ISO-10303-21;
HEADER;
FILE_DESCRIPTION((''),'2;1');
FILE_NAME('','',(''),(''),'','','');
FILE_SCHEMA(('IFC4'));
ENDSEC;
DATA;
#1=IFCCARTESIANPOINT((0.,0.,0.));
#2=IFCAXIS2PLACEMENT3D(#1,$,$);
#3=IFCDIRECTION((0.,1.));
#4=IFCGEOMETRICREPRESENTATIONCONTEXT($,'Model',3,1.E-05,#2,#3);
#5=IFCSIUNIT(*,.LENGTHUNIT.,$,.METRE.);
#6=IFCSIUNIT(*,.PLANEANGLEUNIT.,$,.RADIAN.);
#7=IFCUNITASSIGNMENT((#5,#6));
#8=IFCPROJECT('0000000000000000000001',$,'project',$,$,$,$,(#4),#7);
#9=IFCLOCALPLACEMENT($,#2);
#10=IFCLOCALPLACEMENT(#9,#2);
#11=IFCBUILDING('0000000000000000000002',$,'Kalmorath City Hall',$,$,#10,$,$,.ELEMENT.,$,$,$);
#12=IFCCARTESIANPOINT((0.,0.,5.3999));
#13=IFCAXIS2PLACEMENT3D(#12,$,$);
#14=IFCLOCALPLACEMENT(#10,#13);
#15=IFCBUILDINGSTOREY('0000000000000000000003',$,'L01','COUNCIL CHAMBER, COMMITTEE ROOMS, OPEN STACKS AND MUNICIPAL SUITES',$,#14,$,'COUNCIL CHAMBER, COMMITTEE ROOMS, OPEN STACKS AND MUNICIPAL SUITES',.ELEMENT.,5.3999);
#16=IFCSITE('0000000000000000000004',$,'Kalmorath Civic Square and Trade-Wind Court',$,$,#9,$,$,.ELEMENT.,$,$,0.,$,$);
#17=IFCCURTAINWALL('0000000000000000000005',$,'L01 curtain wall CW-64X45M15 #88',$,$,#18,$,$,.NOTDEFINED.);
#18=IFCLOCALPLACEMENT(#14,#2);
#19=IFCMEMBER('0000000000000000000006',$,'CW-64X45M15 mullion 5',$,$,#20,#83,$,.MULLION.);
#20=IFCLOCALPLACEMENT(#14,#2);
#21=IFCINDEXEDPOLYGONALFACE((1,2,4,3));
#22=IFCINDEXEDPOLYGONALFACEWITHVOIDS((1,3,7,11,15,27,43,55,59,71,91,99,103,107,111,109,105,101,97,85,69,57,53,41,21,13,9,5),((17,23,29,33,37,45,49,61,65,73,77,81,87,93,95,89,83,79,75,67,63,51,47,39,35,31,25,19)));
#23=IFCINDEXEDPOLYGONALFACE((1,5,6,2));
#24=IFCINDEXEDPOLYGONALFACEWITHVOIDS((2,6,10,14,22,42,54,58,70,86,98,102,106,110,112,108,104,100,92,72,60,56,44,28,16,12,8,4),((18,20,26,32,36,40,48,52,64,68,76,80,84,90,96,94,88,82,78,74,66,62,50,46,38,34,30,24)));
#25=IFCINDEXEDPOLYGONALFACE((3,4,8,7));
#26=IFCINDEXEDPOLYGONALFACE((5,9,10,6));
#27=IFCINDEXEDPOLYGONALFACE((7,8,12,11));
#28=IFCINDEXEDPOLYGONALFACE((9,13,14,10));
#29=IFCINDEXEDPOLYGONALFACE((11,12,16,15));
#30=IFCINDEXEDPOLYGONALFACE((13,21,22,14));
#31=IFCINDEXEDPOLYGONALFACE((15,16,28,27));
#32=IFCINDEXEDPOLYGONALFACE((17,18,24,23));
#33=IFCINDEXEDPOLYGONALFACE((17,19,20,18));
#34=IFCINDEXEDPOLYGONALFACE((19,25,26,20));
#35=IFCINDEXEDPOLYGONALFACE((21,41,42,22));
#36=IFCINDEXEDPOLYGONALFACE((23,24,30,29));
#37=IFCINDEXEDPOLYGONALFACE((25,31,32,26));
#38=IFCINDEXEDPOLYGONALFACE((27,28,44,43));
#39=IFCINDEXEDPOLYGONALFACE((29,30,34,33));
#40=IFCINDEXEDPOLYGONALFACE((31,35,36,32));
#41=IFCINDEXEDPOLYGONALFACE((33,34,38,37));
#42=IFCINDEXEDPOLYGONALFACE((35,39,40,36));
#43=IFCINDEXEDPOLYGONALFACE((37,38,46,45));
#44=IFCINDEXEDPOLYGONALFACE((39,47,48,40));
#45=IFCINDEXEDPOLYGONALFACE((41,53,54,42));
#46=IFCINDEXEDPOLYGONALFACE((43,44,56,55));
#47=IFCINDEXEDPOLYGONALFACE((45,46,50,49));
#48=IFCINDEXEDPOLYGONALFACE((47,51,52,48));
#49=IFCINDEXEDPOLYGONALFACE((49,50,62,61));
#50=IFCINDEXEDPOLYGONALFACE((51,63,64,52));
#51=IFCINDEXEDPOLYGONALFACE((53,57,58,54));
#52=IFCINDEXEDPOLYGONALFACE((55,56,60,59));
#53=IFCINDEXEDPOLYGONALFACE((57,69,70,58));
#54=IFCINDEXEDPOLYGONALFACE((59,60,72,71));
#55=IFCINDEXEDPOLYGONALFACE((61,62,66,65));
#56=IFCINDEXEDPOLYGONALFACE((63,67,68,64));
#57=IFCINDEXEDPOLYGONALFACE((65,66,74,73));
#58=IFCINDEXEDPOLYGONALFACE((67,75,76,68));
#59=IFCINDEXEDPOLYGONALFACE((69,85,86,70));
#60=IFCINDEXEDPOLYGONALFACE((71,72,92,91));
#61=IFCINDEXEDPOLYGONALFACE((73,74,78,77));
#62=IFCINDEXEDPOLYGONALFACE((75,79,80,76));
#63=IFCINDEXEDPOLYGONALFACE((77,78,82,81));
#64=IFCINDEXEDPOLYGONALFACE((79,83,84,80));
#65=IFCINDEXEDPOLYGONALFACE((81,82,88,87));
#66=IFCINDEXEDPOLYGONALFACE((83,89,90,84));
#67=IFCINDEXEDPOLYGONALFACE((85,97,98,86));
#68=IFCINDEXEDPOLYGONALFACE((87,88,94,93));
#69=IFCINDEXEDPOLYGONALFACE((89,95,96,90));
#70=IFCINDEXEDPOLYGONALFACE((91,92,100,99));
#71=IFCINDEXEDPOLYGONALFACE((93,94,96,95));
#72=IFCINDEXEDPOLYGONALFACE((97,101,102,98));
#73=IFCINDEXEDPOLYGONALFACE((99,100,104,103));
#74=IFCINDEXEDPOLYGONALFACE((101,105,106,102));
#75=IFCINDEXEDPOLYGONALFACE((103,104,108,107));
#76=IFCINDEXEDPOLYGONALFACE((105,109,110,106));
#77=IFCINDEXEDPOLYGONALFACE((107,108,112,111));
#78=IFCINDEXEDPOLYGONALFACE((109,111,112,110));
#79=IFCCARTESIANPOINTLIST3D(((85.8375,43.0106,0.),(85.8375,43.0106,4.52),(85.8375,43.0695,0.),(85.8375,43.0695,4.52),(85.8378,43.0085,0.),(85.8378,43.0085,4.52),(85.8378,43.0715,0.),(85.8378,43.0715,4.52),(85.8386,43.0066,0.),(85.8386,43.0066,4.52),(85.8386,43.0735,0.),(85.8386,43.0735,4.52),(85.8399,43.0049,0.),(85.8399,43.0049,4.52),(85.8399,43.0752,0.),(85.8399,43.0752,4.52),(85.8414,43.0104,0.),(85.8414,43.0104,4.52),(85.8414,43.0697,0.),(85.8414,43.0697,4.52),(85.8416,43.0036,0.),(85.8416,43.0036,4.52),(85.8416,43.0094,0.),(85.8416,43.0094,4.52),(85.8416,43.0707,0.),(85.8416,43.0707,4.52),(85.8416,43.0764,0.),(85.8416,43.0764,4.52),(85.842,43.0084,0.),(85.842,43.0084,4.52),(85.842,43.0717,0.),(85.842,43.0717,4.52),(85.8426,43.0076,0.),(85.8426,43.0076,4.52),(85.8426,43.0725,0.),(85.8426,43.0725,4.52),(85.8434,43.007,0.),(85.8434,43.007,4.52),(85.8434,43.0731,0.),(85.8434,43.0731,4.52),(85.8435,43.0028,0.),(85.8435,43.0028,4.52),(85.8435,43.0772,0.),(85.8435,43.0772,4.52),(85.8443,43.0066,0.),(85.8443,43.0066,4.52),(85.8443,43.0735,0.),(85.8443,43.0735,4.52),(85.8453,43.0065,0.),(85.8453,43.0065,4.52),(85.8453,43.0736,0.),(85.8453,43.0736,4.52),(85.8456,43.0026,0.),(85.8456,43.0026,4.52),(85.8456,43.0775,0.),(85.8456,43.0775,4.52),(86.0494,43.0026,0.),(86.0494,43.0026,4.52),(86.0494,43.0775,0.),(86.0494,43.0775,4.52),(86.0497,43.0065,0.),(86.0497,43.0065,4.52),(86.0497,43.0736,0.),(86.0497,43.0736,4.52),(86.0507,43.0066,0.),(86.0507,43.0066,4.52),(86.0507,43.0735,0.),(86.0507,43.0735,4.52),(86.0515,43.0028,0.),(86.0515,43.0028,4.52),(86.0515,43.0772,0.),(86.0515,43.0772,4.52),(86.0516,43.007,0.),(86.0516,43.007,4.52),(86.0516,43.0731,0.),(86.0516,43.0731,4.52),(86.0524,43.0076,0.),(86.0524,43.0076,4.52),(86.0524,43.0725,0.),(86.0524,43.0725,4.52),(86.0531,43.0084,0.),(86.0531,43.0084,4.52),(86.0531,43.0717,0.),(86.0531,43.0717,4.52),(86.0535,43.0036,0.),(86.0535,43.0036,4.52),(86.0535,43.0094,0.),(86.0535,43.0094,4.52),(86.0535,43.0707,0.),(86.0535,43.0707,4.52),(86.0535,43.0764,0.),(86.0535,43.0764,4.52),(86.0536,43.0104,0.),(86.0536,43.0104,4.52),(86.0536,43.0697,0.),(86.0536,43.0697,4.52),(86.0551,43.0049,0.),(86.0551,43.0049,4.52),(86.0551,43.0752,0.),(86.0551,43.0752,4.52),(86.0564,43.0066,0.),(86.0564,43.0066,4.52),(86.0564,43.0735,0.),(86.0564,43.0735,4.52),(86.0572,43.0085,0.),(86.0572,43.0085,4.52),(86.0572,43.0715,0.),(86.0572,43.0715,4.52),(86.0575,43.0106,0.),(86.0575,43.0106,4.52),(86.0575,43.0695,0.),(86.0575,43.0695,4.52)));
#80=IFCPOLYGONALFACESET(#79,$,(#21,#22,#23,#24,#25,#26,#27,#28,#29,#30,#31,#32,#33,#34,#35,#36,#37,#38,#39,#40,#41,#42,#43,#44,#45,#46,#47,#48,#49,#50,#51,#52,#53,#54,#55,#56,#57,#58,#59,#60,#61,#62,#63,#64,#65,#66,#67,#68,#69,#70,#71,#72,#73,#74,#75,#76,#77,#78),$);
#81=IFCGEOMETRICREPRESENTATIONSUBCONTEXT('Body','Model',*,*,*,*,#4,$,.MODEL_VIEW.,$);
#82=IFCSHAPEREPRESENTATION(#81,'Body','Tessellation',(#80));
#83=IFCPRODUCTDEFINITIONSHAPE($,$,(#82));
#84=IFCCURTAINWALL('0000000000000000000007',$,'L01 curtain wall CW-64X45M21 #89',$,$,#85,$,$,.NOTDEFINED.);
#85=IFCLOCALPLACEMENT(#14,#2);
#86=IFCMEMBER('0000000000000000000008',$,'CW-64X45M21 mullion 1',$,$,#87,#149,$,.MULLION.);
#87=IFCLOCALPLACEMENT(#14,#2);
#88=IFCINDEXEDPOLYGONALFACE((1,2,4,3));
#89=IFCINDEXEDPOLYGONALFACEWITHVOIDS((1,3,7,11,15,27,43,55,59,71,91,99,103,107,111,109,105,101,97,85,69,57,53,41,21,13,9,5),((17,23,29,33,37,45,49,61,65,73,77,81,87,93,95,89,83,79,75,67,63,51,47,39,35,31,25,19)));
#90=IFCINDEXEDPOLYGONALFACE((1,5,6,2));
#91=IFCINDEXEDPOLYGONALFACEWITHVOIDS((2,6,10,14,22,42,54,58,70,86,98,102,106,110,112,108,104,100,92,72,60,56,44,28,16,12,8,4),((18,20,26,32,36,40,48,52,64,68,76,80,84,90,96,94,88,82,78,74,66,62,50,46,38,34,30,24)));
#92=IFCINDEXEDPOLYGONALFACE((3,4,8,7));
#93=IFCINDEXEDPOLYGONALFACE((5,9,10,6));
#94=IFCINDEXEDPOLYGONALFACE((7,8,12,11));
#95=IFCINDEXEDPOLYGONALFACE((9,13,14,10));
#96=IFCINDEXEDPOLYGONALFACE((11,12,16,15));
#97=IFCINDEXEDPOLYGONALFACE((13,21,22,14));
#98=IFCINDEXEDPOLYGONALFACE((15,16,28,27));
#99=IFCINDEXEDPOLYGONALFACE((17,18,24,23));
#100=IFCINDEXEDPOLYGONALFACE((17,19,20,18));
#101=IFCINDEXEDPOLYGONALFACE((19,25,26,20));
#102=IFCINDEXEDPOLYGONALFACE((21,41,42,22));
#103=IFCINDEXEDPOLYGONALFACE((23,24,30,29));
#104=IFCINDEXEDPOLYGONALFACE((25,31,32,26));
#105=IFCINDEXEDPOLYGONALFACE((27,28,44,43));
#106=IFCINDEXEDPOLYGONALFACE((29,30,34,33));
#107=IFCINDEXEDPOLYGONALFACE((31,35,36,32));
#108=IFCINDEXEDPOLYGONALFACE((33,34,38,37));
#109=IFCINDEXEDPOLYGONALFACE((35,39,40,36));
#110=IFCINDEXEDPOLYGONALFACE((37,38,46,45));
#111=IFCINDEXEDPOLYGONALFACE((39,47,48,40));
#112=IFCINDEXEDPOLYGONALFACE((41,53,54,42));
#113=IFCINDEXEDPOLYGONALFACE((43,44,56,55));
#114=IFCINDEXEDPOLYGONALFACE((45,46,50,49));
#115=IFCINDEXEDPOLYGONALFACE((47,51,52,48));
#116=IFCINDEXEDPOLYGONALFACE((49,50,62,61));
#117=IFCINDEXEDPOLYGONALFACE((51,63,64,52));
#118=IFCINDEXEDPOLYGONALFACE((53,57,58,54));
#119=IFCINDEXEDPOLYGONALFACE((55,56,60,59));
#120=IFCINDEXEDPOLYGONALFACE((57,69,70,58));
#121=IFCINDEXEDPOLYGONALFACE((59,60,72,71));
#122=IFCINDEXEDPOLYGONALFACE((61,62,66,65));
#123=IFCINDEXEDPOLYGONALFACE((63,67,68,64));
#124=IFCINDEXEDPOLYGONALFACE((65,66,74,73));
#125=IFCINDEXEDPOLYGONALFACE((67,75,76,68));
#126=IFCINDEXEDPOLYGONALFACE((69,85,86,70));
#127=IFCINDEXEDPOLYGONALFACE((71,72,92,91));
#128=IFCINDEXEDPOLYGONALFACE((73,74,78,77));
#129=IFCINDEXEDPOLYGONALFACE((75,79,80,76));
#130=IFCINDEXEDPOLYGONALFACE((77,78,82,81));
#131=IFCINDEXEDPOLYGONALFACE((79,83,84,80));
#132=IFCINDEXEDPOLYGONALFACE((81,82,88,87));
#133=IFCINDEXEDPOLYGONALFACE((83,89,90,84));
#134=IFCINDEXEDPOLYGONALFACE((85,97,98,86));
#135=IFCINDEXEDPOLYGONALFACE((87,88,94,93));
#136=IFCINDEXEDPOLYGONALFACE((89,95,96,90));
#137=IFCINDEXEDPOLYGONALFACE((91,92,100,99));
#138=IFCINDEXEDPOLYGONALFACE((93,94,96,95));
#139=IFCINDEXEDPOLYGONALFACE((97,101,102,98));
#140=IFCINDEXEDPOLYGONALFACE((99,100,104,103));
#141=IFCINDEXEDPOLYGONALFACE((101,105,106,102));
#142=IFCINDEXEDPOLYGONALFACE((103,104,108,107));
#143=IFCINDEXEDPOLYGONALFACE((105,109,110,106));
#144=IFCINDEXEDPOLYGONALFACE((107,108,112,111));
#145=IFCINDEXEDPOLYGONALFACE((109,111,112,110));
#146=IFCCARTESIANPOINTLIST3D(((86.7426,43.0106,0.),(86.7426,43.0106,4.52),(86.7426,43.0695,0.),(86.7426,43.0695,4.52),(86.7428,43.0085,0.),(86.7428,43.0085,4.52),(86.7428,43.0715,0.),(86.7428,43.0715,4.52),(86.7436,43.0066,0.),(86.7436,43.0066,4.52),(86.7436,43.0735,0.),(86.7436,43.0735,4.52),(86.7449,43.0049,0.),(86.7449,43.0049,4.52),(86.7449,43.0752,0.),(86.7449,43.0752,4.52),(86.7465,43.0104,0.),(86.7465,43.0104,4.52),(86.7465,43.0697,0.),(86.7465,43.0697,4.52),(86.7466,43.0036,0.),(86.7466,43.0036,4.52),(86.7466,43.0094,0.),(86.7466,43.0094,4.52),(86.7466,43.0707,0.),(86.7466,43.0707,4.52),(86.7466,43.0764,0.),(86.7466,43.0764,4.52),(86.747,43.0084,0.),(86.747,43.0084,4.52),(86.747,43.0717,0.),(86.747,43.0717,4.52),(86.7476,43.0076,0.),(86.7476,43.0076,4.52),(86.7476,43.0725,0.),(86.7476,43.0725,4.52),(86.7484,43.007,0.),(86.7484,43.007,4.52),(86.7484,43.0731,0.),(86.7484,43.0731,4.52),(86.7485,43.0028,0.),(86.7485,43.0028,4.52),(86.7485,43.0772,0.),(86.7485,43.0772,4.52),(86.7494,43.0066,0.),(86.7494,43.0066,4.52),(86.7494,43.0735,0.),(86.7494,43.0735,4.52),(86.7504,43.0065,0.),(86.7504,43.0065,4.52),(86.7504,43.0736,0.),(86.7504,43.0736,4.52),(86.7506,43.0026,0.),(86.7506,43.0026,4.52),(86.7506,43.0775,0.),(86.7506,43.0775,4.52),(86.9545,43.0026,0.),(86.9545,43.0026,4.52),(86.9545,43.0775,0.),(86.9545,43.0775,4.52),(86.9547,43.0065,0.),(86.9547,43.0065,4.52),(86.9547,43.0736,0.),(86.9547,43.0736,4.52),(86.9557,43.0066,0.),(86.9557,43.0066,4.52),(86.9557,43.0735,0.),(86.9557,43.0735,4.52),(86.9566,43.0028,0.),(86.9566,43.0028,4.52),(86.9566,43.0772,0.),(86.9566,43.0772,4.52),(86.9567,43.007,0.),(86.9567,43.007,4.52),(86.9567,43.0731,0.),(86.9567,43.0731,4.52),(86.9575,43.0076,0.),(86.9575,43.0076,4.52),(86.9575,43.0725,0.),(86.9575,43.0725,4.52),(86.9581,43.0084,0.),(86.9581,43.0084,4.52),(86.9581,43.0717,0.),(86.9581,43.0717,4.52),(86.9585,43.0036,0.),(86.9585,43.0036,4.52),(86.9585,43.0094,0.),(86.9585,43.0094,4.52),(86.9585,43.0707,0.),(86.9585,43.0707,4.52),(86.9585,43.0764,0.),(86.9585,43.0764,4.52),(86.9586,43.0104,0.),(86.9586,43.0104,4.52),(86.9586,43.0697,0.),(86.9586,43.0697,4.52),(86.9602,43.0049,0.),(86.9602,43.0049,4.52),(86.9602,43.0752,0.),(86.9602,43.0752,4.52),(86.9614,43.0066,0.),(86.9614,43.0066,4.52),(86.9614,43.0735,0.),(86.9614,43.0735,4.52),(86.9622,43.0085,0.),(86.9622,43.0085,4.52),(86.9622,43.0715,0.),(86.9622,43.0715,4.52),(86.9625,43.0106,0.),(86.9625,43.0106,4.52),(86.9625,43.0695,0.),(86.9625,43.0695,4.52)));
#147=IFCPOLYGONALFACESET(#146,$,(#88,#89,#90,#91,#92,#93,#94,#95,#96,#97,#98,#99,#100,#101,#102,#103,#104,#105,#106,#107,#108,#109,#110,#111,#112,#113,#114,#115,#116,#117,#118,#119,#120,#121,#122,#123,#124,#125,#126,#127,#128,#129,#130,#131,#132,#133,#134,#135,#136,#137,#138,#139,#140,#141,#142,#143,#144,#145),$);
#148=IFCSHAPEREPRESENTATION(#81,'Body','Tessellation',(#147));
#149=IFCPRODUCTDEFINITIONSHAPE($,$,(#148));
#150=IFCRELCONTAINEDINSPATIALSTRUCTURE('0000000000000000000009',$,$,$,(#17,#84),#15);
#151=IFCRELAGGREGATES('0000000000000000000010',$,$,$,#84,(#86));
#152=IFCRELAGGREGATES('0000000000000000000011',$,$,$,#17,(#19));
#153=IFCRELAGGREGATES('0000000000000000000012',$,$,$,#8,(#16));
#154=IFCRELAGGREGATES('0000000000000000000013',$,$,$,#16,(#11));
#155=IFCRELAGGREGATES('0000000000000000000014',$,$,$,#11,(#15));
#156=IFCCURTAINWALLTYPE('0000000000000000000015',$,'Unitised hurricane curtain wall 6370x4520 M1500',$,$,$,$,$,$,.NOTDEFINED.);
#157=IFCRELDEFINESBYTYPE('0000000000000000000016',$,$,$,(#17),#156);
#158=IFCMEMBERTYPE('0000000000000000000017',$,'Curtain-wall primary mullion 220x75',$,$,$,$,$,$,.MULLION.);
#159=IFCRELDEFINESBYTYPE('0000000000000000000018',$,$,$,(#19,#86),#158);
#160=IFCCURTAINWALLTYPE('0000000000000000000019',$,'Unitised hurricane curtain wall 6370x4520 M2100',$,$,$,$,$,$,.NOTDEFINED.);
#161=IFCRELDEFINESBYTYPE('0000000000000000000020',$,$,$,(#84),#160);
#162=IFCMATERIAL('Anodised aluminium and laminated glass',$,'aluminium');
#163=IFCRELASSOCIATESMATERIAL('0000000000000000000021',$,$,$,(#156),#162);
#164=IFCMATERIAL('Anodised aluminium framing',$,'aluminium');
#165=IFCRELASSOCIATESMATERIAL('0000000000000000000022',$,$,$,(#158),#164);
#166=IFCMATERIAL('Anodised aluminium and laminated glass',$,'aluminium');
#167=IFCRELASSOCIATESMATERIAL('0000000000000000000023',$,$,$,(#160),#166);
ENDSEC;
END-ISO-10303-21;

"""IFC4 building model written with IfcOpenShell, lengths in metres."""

from ifc_helpers import new_model, si_unit, direction, frame, origin, origin_2d, place, context, subcontext, project, spatial, hollow_rectangle, extrude, material, material_profile, profile_set, type_object, element, aggregate, save


model = new_model("IFC4")

# Units and contexts
model_context = context("Model", 3, precision=1e-05, world=origin(), true_north=direction((0.0, 1.0)))
body_context = subcontext(model_context, "Body", "Model", "MODEL_VIEW")
ifc_project = project(units=[si_unit("LENGTHUNIT", "METRE"), si_unit("PLANEANGLEUNIT", "RADIAN")], contexts=[model_context])

# Site, building, storey
site_placement = place(None, origin())
site = spatial("IfcSite", under=ifc_project, at=site_placement, Name="Kalmorath Civic Square and Trade-Wind Court", CompositionType="ELEMENT", RefElevation=0.0)
building_placement = place(site_placement, origin())
building = spatial("IfcBuilding", under=site, at=building_placement, Name="Kalmorath City Hall", CompositionType="ELEMENT")
storey_placement = place(building_placement, frame((0.0, 0.0, 5.3999)))
storey = spatial("IfcBuildingStorey", under=building, at=storey_placement, Name="L01", Description="COUNCIL CHAMBER, COMMITTEE ROOMS, OPEN STACKS AND MUNICIPAL SUITES", LongName="COUNCIL CHAMBER, COMMITTEE ROOMS, OPEN STACKS AND MUNICIPAL SUITES", CompositionType="ELEMENT", Elevation=5.3999)

# Curtain wall, member
ifc_material_1 = material(Name="Anodised aluminium and laminated glass", Category="aluminium")
curtain_wall_type_1 = type_object("IfcCurtainWallType", Name="Unitised hurricane curtain wall 6370x4520 M1500", PredefinedType="NOTDEFINED", material=ifc_material_1)
curtain_wall_1_placement = place(storey_placement, origin())
curtain_wall_1 = element("IfcCurtainWall", 1, at=curtain_wall_1_placement, inside=storey, type_object=curtain_wall_type_1, Name="L01 curtain wall CW-64X45M15 #88", PredefinedType="NOTDEFINED")
ifc_material_2 = material(Name="Anodised aluminium framing", Category="aluminium")
ifc_material_profile_1 = material_profile(ifc_material_2, hollow_rectangle(XDim=0.075, YDim=0.22, WallThickness=0.0039, InnerFilletRadius=0.0039, OuterFilletRadius=0.0081, at=origin_2d()), Name="ALU-MUL-220X75X4")
ifc_profile_set_1 = profile_set([ifc_material_profile_1], Name="Anodised aluminium framing")
member_type_1 = type_object("IfcMemberType", Name="Curtain-wall primary mullion 220x75", PredefinedType="MULLION", material=ifc_profile_set_1)
member_1_placement = place(storey_placement, frame((85.9475, 43.04, 0.0), z_axis=(0.0, 0.0, 1.0), x_axis=(0.0, 1.0, 0.0)))
member_1 = element("IfcMember", 2, at=member_1_placement, type_object=member_type_1, Name="CW-64X45M15 mullion 5", PredefinedType="MULLION", context=body_context, shape_type="SweptSolid", body=[
    extrude(hollow_rectangle(XDim=0.075, YDim=0.22, WallThickness=0.0039, InnerFilletRadius=0.0039, OuterFilletRadius=0.0081, at=origin_2d()), origin(), (0.0, 0.0, 1.0), 4.52),
])

# Curtain wall, member
ifc_material_3 = material(Name="Anodised aluminium and laminated glass", Category="aluminium")
curtain_wall_type_2 = type_object("IfcCurtainWallType", Name="Unitised hurricane curtain wall 6370x4520 M2100", PredefinedType="NOTDEFINED", material=ifc_material_3)
curtain_wall_2_placement = place(storey_placement, origin())
curtain_wall_2 = element("IfcCurtainWall", 3, at=curtain_wall_2_placement, inside=storey, type_object=curtain_wall_type_2, Name="L01 curtain wall CW-64X45M21 #89", PredefinedType="NOTDEFINED")
member_2_placement = place(storey_placement, frame((86.8525, 43.04, 0.0), z_axis=(0.0, 0.0, 1.0), x_axis=(0.0, 1.0, 0.0)))
member_2 = element("IfcMember", 4, at=member_2_placement, type_object=member_type_1, Name="CW-64X45M21 mullion 1", PredefinedType="MULLION", context=body_context, shape_type="SweptSolid", body=[
    extrude(hollow_rectangle(XDim=0.075, YDim=0.22, WallThickness=0.0039, InnerFilletRadius=0.0039, OuterFilletRadius=0.0081, at=origin_2d()), origin(), (0.0, 0.0, 1.0), 4.52),
])

aggregate(curtain_wall_2, [member_2])

aggregate(curtain_wall_1, [member_1])

save(model, "model.ifc")
